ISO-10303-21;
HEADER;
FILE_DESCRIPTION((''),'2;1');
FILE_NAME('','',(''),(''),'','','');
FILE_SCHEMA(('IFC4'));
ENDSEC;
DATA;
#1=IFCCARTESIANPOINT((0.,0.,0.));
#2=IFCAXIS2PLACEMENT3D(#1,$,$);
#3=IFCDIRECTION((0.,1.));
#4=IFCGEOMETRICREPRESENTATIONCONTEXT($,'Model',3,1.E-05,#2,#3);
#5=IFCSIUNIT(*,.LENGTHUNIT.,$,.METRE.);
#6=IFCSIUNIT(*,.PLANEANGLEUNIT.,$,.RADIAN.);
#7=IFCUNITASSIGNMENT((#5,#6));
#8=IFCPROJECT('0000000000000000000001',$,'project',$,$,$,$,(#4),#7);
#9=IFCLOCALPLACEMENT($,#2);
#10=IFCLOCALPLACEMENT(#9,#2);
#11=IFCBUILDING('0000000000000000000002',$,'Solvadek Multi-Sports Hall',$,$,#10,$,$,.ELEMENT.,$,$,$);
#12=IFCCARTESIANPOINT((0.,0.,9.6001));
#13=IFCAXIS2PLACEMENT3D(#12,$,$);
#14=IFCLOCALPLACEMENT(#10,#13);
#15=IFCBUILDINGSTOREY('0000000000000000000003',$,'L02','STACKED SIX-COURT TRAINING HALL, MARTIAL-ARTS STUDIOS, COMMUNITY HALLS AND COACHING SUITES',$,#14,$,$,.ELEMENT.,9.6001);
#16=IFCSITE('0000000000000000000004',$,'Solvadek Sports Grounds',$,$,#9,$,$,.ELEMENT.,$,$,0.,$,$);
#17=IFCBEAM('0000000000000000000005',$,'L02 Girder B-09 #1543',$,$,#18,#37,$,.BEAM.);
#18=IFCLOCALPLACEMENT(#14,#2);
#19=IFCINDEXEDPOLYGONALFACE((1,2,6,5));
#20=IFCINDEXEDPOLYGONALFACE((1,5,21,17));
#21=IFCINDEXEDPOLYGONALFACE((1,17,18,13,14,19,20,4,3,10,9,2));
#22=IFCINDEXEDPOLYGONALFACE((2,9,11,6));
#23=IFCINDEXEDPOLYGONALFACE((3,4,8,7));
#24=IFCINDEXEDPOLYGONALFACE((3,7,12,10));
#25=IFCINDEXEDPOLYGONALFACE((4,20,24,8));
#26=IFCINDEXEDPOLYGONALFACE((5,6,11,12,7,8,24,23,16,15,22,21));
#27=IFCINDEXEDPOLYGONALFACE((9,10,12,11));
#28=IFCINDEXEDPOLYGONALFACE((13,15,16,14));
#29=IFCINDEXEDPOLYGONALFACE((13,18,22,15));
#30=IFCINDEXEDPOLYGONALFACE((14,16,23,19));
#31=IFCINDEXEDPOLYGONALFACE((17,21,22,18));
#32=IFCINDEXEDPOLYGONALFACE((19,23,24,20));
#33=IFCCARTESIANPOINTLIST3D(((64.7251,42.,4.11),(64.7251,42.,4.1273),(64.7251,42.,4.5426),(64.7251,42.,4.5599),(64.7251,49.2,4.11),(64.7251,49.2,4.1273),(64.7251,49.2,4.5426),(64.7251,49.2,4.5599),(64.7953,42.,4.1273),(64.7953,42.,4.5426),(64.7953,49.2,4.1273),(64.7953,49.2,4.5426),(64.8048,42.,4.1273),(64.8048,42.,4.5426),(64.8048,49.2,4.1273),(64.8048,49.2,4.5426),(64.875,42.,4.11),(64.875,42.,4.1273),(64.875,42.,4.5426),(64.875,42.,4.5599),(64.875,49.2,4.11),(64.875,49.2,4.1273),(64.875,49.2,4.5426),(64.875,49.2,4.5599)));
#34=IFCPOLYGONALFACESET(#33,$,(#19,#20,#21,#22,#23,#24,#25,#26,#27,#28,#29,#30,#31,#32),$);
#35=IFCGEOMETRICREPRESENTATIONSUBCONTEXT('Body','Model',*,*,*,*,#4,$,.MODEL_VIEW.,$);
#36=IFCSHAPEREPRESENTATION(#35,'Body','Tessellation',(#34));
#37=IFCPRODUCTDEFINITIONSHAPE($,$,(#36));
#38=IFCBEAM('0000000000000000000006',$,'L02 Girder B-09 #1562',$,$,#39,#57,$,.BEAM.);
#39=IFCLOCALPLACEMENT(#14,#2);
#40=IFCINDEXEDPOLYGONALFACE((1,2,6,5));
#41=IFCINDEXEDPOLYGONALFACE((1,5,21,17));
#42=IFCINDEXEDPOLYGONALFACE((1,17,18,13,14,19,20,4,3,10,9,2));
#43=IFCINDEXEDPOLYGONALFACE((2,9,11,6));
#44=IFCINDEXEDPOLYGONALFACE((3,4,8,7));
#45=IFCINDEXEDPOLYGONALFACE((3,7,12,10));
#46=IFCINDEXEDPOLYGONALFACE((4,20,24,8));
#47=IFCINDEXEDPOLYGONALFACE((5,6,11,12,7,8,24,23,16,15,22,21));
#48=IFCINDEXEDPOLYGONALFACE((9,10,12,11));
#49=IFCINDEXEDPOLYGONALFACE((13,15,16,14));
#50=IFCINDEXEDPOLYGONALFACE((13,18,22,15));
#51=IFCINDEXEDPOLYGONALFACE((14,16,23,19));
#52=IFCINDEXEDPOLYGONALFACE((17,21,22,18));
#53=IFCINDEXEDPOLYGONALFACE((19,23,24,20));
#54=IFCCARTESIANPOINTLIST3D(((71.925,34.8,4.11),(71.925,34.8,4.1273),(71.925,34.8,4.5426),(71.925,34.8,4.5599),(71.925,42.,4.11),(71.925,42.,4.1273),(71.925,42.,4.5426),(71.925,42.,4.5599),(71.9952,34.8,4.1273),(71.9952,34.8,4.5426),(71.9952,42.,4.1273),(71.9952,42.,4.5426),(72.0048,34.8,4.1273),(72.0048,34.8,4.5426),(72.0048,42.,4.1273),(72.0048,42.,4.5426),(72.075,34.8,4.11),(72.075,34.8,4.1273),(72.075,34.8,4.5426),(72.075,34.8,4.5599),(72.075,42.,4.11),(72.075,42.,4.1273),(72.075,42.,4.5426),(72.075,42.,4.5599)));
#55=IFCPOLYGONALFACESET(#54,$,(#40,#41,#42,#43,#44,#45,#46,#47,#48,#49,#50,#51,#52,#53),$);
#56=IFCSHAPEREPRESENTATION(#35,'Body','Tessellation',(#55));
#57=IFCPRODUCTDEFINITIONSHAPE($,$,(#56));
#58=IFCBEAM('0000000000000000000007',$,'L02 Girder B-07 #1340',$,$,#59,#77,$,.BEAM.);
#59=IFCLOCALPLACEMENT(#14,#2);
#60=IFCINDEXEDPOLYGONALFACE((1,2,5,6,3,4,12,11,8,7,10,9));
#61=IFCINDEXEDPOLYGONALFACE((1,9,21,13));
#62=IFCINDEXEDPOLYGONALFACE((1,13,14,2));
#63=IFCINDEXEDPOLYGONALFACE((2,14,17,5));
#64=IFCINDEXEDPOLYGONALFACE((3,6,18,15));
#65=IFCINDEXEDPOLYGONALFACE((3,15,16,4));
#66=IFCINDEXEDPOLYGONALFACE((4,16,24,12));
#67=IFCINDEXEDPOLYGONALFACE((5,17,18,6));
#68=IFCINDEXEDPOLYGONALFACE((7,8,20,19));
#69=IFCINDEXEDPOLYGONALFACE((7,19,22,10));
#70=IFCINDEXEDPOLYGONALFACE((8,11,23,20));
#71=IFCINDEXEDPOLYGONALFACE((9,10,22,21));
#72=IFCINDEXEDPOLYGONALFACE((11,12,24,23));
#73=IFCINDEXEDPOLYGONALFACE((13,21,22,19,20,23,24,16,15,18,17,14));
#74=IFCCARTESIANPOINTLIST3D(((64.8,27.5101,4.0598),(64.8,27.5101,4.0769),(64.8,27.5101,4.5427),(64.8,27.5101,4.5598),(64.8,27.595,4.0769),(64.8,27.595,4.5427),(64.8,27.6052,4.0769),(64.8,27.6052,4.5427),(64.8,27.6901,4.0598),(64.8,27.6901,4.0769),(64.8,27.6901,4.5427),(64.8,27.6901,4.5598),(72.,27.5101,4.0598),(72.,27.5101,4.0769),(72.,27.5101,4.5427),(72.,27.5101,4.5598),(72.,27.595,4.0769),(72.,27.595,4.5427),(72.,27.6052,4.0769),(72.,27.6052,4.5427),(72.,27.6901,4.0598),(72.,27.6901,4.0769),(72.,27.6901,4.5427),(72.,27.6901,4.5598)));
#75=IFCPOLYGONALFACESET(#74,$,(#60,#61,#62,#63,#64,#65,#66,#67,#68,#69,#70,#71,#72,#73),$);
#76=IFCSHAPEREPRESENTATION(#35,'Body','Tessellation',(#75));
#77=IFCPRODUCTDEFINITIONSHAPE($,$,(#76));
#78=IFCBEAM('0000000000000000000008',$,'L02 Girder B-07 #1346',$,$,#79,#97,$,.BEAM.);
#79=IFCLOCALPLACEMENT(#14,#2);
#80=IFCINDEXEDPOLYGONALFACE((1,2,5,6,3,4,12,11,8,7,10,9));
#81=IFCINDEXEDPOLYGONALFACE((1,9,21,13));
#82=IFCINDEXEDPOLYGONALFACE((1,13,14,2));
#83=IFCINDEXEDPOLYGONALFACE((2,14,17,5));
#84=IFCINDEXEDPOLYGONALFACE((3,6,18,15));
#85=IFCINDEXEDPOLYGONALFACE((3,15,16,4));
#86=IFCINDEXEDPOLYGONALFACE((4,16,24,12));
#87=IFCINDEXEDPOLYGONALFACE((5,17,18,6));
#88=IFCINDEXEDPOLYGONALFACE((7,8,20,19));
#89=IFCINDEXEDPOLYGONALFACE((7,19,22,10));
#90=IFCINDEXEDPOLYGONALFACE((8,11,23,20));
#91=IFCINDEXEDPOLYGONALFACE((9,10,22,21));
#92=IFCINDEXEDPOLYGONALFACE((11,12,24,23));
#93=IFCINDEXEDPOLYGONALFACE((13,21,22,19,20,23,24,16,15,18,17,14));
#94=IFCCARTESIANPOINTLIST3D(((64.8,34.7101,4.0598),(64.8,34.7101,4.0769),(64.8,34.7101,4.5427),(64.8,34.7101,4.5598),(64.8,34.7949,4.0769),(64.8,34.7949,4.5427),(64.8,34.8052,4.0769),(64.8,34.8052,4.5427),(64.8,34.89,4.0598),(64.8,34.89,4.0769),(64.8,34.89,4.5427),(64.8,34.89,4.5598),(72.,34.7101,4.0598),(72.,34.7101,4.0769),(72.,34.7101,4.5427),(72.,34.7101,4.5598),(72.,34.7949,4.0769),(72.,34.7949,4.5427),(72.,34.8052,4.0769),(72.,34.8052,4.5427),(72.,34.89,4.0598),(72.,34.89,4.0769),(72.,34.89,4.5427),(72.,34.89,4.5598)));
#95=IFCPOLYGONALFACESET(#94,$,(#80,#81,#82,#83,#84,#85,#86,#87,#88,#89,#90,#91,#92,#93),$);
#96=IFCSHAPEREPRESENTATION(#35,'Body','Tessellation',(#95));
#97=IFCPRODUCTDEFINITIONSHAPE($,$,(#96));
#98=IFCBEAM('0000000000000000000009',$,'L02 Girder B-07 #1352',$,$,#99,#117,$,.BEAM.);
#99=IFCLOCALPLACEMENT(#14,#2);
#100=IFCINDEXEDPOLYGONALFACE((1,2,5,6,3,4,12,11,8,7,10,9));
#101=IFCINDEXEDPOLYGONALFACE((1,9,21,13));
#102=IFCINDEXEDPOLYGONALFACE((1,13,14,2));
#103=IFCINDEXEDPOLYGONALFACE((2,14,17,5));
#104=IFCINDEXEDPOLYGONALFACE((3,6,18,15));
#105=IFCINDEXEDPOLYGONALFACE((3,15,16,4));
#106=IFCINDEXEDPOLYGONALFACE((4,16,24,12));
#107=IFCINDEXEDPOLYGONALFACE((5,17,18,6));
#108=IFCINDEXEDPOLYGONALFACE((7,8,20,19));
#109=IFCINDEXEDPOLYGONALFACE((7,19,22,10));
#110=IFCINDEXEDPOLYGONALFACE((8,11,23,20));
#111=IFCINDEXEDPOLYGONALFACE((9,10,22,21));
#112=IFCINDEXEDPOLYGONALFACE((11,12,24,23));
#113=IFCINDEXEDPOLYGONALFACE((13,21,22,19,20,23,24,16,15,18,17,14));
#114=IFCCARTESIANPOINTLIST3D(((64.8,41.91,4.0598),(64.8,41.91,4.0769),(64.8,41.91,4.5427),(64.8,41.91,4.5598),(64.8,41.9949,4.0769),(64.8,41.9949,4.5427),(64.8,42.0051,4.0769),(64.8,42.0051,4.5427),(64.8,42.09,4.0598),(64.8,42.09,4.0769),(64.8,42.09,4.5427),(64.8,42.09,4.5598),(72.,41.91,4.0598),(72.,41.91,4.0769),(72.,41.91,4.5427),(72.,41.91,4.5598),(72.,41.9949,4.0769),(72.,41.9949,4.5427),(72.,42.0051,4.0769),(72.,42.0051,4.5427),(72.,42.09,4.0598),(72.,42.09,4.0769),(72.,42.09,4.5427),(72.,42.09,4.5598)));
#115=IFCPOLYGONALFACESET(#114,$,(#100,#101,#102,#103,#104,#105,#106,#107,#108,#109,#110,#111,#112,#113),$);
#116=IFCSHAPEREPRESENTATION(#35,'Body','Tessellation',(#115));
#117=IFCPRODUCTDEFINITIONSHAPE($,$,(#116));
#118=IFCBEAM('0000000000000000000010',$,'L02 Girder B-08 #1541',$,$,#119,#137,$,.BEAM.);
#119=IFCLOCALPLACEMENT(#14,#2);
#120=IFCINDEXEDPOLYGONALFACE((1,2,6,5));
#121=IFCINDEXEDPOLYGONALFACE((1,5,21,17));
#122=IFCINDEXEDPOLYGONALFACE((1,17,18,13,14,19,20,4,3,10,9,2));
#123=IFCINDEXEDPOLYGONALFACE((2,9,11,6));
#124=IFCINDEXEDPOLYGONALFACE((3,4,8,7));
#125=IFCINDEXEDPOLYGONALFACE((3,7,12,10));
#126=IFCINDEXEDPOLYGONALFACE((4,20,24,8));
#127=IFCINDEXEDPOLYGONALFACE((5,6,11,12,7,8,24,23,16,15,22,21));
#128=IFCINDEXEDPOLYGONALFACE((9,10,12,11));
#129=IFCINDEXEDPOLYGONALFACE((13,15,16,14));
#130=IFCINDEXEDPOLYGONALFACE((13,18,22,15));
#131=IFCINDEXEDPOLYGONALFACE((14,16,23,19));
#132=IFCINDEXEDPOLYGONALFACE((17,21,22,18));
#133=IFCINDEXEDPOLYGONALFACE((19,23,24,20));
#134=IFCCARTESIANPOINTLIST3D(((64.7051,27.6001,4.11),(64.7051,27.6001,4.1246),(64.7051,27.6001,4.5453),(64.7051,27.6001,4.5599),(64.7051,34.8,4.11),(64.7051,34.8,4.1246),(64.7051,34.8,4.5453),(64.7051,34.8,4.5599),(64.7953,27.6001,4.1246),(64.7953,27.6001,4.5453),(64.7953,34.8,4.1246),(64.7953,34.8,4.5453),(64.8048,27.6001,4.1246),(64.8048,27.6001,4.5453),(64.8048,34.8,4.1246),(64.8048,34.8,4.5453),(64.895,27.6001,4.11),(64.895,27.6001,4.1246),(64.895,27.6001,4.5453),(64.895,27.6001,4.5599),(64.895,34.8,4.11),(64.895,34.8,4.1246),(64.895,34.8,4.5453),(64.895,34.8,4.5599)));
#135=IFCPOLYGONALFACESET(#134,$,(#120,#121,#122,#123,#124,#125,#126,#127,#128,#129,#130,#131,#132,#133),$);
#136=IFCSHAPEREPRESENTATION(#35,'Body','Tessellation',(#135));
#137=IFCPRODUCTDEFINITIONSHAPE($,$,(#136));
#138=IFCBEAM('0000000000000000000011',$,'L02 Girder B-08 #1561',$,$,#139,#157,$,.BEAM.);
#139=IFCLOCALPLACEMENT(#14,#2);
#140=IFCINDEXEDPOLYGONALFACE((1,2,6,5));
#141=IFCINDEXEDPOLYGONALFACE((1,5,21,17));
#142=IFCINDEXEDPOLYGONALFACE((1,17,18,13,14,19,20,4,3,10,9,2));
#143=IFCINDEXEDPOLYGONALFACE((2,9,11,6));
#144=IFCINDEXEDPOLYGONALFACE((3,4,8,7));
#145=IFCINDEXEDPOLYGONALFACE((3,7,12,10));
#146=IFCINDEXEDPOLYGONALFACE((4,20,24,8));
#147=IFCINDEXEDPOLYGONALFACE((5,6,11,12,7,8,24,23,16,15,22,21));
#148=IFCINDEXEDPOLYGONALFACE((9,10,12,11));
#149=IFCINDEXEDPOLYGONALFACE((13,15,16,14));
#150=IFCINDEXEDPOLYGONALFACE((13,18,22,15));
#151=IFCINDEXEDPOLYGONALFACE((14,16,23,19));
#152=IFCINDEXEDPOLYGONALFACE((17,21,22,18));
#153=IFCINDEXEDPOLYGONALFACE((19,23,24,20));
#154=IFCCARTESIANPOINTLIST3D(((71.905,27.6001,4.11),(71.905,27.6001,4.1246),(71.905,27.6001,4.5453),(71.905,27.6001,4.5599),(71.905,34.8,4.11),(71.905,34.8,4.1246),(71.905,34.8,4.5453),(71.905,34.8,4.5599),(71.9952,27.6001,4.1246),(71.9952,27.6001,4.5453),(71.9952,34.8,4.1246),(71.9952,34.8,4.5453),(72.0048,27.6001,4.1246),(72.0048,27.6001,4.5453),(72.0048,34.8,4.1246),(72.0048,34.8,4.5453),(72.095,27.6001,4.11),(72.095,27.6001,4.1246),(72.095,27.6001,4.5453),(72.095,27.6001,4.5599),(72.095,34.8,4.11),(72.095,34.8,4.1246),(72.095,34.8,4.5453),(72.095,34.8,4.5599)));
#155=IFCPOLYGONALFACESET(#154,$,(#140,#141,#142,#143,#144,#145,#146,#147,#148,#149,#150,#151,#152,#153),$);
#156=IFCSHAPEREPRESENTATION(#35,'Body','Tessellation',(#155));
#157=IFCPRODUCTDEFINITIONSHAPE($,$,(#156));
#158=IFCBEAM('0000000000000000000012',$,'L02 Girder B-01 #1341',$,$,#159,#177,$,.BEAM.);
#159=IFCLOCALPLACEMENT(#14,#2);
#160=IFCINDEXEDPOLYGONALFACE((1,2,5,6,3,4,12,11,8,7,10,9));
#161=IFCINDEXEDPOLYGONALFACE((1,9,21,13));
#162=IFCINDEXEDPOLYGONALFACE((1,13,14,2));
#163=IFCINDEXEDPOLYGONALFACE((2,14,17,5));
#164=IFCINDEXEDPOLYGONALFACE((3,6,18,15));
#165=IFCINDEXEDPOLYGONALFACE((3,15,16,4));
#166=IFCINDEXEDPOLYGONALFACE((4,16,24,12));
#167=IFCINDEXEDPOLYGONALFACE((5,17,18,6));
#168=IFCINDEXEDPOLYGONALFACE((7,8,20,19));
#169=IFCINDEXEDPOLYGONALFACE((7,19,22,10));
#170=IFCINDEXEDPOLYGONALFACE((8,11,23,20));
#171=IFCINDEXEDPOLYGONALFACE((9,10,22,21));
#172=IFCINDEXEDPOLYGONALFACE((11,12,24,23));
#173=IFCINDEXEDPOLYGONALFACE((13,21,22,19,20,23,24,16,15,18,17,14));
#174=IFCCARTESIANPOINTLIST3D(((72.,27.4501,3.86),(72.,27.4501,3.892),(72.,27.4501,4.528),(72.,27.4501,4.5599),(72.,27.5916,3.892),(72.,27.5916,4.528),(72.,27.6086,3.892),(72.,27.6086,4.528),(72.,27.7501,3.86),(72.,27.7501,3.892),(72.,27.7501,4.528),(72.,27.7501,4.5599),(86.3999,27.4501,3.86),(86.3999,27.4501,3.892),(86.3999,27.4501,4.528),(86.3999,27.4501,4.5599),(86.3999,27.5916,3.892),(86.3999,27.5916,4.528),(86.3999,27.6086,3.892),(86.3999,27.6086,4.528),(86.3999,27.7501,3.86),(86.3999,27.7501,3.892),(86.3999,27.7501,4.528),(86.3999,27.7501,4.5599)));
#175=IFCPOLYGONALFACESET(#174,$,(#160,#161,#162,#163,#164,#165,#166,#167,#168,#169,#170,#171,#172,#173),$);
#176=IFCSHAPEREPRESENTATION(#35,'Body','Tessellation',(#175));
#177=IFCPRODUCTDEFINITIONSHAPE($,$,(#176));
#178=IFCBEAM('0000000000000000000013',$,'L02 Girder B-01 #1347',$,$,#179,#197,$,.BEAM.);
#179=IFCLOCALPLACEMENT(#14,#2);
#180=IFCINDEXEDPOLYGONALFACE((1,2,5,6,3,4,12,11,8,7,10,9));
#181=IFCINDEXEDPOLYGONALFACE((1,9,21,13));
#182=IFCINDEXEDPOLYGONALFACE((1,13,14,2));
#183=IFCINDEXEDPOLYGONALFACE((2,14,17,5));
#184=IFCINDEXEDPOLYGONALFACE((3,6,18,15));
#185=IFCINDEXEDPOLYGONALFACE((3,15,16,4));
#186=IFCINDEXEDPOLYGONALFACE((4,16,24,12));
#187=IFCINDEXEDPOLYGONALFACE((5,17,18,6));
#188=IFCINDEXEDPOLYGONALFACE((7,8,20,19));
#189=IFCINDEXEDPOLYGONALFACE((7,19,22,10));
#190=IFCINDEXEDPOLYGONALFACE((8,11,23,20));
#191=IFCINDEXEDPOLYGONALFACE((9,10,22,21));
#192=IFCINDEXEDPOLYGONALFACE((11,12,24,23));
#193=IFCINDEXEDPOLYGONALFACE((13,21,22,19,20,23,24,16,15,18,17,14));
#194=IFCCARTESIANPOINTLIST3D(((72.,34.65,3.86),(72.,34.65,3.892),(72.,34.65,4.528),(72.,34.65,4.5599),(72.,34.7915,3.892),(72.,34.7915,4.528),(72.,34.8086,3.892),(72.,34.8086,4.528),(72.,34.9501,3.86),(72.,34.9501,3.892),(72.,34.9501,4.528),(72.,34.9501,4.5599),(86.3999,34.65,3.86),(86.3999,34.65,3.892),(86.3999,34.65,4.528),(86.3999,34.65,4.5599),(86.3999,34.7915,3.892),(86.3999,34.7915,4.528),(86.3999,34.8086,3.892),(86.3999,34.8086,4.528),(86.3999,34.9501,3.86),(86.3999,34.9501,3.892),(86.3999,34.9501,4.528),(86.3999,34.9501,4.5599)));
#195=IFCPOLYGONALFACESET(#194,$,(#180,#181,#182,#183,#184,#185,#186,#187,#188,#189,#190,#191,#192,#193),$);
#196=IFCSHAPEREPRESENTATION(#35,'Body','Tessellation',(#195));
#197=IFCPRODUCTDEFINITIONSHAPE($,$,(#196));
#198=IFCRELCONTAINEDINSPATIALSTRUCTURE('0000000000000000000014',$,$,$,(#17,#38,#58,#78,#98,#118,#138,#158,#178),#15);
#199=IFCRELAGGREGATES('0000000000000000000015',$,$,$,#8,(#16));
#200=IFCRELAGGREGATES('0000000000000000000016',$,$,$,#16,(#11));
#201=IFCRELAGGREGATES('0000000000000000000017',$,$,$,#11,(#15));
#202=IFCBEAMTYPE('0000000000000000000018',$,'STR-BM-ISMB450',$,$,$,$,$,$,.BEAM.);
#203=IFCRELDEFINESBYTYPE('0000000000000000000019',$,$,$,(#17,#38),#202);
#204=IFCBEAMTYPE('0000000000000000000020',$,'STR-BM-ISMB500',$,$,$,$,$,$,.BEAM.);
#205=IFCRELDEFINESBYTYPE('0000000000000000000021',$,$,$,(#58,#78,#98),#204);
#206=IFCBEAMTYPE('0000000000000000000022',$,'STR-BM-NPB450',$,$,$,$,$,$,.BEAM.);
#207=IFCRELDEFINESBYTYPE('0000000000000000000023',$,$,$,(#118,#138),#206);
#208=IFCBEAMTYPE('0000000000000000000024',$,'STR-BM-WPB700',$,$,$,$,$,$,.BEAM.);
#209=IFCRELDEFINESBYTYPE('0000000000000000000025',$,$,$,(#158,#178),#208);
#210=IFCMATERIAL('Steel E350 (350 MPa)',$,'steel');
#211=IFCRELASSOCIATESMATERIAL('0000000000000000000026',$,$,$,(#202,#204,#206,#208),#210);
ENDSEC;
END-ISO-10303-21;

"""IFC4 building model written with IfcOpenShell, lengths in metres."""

from ifc_helpers import new_model, si_unit, direction, frame, origin, origin_2d, place, context, subcontext, project, spatial, i_section, extrude, material, material_profile, profile_set, type_object, element, save


model = new_model("IFC4")

# Units and contexts
model_context = context("Model", 3, precision=1e-05, world=origin(), true_north=direction((0.0, 1.0)))
body_context = subcontext(model_context, "Body", "Model", "MODEL_VIEW")
ifc_project = project(units=[si_unit("LENGTHUNIT", "METRE"), si_unit("PLANEANGLEUNIT", "RADIAN")], contexts=[model_context])

# Site, building, storey
site_placement = place(None, origin())
site = spatial("IfcSite", under=ifc_project, at=site_placement, Name="Solvadek Sports Grounds", CompositionType="ELEMENT", RefElevation=0.0)
building_placement = place(site_placement, origin())
building = spatial("IfcBuilding", under=site, at=building_placement, Name="Solvadek Multi-Sports Hall", CompositionType="ELEMENT")
storey_placement = place(building_placement, frame((0.0, 0.0, 9.6001)))
storey = spatial("IfcBuildingStorey", under=building, at=storey_placement, Name="L02", Description="STACKED SIX-COURT TRAINING HALL, MARTIAL-ARTS STUDIOS, COMMUNITY HALLS AND COACHING SUITES", CompositionType="ELEMENT", Elevation=9.6001)

# Shared definitions
ifc_material_1 = material(Name="Steel E350 (350 MPa)", Category="steel")

# Beams
ifc_material_profile_1 = material_profile(ifc_material_1, i_section(OverallWidth=0.1499, OverallDepth=0.45, WebThickness=0.0095, FlangeThickness=0.0173, at=origin_2d()), Name="ISMB 450")
ifc_profile_set_1 = profile_set([ifc_material_profile_1], Name="Steel E350 (350 MPa)")
beam_type_1 = type_object("IfcBeamType", Name="STR-BM-ISMB450", PredefinedType="BEAM", material=ifc_profile_set_1)
for number, where, z_axis, x_axis, name in (
    (1, (64.8, 42.0, 4.335), (0.0, 1.0, 0.0), (-1.0, 0.0, 0.0), "L02 Girder B-09 #1543"),
    (2, (72.0, 34.8, 4.335), (0.0, 1.0, 0.0), (-1.0, 0.0, 0.0), "L02 Girder B-09 #1562"),
):
    element("IfcBeam", number, at=place(storey_placement, frame(where, z_axis=z_axis, x_axis=x_axis)), inside=storey, type_object=beam_type_1, Name=name, PredefinedType="BEAM", context=body_context, shape_type="SweptSolid", body=[
        extrude(i_section(OverallWidth=0.1499, OverallDepth=0.45, WebThickness=0.0095, FlangeThickness=0.0173, at=origin_2d()), origin(), (0.0, 0.0, 1.0), 7.2),
    ])
ifc_material_profile_2 = material_profile(ifc_material_1, i_section(OverallWidth=0.1799, OverallDepth=0.5, WebThickness=0.0103, FlangeThickness=0.0171, at=origin_2d()), Name="ISMB 500")
ifc_profile_set_2 = profile_set([ifc_material_profile_2], Name="Steel E350 (350 MPa)")
beam_type_2 = type_object("IfcBeamType", Name="STR-BM-ISMB500", PredefinedType="BEAM", material=ifc_profile_set_2)
for number, where, z_axis, x_axis, name in (
    (3, (64.8, 27.6001, 4.3098), (1.0, 0.0, 0.0), (0.0, 1.0, 0.0), "L02 Girder B-07 #1340"),
    (4, (64.8, 34.8, 4.3098), (1.0, 0.0, 0.0), (0.0, 1.0, 0.0), "L02 Girder B-07 #1346"),
    (5, (64.8, 42.0, 4.3098), (1.0, 0.0, 0.0), (0.0, 1.0, 0.0), "L02 Girder B-07 #1352"),
):
    element("IfcBeam", number, at=place(storey_placement, frame(where, z_axis=z_axis, x_axis=x_axis)), inside=storey, type_object=beam_type_2, Name=name, PredefinedType="BEAM", context=body_context, shape_type="SweptSolid", body=[
        extrude(i_section(OverallWidth=0.1799, OverallDepth=0.5, WebThickness=0.0103, FlangeThickness=0.0171, at=origin_2d()), origin(), (0.0, 0.0, 1.0), 7.2),
    ])
ifc_material_profile_3 = material_profile(ifc_material_1, i_section(OverallWidth=0.1899, OverallDepth=0.45, WebThickness=0.0095, FlangeThickness=0.0146, at=origin_2d()), Name="NPB 450")
ifc_profile_set_3 = profile_set([ifc_material_profile_3], Name="Steel E350 (350 MPa)")
beam_type_3 = type_object("IfcBeamType", Name="STR-BM-NPB450", PredefinedType="BEAM", material=ifc_profile_set_3)
for number, where, z_axis, x_axis, name in (
    (6, (64.8, 27.6001, 4.335), (0.0, 1.0, 0.0), (-1.0, 0.0, 0.0), "L02 Girder B-08 #1541"),
    (7, (72.0, 27.6001, 4.335), (0.0, 1.0, 0.0), (-1.0, 0.0, 0.0), "L02 Girder B-08 #1561"),
):
    element("IfcBeam", number, at=place(storey_placement, frame(where, z_axis=z_axis, x_axis=x_axis)), inside=storey, type_object=beam_type_3, Name=name, PredefinedType="BEAM", context=body_context, shape_type="SweptSolid", body=[
        extrude(i_section(OverallWidth=0.1899, OverallDepth=0.45, WebThickness=0.0095, FlangeThickness=0.0146, at=origin_2d()), origin(), (0.0, 0.0, 1.0), 7.2),
    ])
ifc_material_profile_4 = material_profile(ifc_material_1, i_section(OverallWidth=0.3, OverallDepth=0.7, WebThickness=0.0171, FlangeThickness=0.032, at=origin_2d()), Name="WPB 700")
ifc_profile_set_4 = profile_set([ifc_material_profile_4], Name="Steel E350 (350 MPa)")
beam_type_4 = type_object("IfcBeamType", Name="STR-BM-WPB700", PredefinedType="BEAM", material=ifc_profile_set_4)
for number, where, z_axis, x_axis, name in (
    (8, (72.0, 27.6001, 4.21), (1.0, 0.0, 0.0), (0.0, 1.0, 0.0), "L02 Girder B-01 #1341"),
    (9, (72.0, 34.8, 4.21), (1.0, 0.0, 0.0), (0.0, 1.0, 0.0), "L02 Girder B-01 #1347"),
):
    element("IfcBeam", number, at=place(storey_placement, frame(where, z_axis=z_axis, x_axis=x_axis)), inside=storey, type_object=beam_type_4, Name=name, PredefinedType="BEAM", context=body_context, shape_type="SweptSolid", body=[
        extrude(i_section(OverallWidth=0.3, OverallDepth=0.7, WebThickness=0.0171, FlangeThickness=0.032, at=origin_2d()), origin(), (0.0, 0.0, 1.0), 14.3999),
    ])

save(model, "model.ifc")
